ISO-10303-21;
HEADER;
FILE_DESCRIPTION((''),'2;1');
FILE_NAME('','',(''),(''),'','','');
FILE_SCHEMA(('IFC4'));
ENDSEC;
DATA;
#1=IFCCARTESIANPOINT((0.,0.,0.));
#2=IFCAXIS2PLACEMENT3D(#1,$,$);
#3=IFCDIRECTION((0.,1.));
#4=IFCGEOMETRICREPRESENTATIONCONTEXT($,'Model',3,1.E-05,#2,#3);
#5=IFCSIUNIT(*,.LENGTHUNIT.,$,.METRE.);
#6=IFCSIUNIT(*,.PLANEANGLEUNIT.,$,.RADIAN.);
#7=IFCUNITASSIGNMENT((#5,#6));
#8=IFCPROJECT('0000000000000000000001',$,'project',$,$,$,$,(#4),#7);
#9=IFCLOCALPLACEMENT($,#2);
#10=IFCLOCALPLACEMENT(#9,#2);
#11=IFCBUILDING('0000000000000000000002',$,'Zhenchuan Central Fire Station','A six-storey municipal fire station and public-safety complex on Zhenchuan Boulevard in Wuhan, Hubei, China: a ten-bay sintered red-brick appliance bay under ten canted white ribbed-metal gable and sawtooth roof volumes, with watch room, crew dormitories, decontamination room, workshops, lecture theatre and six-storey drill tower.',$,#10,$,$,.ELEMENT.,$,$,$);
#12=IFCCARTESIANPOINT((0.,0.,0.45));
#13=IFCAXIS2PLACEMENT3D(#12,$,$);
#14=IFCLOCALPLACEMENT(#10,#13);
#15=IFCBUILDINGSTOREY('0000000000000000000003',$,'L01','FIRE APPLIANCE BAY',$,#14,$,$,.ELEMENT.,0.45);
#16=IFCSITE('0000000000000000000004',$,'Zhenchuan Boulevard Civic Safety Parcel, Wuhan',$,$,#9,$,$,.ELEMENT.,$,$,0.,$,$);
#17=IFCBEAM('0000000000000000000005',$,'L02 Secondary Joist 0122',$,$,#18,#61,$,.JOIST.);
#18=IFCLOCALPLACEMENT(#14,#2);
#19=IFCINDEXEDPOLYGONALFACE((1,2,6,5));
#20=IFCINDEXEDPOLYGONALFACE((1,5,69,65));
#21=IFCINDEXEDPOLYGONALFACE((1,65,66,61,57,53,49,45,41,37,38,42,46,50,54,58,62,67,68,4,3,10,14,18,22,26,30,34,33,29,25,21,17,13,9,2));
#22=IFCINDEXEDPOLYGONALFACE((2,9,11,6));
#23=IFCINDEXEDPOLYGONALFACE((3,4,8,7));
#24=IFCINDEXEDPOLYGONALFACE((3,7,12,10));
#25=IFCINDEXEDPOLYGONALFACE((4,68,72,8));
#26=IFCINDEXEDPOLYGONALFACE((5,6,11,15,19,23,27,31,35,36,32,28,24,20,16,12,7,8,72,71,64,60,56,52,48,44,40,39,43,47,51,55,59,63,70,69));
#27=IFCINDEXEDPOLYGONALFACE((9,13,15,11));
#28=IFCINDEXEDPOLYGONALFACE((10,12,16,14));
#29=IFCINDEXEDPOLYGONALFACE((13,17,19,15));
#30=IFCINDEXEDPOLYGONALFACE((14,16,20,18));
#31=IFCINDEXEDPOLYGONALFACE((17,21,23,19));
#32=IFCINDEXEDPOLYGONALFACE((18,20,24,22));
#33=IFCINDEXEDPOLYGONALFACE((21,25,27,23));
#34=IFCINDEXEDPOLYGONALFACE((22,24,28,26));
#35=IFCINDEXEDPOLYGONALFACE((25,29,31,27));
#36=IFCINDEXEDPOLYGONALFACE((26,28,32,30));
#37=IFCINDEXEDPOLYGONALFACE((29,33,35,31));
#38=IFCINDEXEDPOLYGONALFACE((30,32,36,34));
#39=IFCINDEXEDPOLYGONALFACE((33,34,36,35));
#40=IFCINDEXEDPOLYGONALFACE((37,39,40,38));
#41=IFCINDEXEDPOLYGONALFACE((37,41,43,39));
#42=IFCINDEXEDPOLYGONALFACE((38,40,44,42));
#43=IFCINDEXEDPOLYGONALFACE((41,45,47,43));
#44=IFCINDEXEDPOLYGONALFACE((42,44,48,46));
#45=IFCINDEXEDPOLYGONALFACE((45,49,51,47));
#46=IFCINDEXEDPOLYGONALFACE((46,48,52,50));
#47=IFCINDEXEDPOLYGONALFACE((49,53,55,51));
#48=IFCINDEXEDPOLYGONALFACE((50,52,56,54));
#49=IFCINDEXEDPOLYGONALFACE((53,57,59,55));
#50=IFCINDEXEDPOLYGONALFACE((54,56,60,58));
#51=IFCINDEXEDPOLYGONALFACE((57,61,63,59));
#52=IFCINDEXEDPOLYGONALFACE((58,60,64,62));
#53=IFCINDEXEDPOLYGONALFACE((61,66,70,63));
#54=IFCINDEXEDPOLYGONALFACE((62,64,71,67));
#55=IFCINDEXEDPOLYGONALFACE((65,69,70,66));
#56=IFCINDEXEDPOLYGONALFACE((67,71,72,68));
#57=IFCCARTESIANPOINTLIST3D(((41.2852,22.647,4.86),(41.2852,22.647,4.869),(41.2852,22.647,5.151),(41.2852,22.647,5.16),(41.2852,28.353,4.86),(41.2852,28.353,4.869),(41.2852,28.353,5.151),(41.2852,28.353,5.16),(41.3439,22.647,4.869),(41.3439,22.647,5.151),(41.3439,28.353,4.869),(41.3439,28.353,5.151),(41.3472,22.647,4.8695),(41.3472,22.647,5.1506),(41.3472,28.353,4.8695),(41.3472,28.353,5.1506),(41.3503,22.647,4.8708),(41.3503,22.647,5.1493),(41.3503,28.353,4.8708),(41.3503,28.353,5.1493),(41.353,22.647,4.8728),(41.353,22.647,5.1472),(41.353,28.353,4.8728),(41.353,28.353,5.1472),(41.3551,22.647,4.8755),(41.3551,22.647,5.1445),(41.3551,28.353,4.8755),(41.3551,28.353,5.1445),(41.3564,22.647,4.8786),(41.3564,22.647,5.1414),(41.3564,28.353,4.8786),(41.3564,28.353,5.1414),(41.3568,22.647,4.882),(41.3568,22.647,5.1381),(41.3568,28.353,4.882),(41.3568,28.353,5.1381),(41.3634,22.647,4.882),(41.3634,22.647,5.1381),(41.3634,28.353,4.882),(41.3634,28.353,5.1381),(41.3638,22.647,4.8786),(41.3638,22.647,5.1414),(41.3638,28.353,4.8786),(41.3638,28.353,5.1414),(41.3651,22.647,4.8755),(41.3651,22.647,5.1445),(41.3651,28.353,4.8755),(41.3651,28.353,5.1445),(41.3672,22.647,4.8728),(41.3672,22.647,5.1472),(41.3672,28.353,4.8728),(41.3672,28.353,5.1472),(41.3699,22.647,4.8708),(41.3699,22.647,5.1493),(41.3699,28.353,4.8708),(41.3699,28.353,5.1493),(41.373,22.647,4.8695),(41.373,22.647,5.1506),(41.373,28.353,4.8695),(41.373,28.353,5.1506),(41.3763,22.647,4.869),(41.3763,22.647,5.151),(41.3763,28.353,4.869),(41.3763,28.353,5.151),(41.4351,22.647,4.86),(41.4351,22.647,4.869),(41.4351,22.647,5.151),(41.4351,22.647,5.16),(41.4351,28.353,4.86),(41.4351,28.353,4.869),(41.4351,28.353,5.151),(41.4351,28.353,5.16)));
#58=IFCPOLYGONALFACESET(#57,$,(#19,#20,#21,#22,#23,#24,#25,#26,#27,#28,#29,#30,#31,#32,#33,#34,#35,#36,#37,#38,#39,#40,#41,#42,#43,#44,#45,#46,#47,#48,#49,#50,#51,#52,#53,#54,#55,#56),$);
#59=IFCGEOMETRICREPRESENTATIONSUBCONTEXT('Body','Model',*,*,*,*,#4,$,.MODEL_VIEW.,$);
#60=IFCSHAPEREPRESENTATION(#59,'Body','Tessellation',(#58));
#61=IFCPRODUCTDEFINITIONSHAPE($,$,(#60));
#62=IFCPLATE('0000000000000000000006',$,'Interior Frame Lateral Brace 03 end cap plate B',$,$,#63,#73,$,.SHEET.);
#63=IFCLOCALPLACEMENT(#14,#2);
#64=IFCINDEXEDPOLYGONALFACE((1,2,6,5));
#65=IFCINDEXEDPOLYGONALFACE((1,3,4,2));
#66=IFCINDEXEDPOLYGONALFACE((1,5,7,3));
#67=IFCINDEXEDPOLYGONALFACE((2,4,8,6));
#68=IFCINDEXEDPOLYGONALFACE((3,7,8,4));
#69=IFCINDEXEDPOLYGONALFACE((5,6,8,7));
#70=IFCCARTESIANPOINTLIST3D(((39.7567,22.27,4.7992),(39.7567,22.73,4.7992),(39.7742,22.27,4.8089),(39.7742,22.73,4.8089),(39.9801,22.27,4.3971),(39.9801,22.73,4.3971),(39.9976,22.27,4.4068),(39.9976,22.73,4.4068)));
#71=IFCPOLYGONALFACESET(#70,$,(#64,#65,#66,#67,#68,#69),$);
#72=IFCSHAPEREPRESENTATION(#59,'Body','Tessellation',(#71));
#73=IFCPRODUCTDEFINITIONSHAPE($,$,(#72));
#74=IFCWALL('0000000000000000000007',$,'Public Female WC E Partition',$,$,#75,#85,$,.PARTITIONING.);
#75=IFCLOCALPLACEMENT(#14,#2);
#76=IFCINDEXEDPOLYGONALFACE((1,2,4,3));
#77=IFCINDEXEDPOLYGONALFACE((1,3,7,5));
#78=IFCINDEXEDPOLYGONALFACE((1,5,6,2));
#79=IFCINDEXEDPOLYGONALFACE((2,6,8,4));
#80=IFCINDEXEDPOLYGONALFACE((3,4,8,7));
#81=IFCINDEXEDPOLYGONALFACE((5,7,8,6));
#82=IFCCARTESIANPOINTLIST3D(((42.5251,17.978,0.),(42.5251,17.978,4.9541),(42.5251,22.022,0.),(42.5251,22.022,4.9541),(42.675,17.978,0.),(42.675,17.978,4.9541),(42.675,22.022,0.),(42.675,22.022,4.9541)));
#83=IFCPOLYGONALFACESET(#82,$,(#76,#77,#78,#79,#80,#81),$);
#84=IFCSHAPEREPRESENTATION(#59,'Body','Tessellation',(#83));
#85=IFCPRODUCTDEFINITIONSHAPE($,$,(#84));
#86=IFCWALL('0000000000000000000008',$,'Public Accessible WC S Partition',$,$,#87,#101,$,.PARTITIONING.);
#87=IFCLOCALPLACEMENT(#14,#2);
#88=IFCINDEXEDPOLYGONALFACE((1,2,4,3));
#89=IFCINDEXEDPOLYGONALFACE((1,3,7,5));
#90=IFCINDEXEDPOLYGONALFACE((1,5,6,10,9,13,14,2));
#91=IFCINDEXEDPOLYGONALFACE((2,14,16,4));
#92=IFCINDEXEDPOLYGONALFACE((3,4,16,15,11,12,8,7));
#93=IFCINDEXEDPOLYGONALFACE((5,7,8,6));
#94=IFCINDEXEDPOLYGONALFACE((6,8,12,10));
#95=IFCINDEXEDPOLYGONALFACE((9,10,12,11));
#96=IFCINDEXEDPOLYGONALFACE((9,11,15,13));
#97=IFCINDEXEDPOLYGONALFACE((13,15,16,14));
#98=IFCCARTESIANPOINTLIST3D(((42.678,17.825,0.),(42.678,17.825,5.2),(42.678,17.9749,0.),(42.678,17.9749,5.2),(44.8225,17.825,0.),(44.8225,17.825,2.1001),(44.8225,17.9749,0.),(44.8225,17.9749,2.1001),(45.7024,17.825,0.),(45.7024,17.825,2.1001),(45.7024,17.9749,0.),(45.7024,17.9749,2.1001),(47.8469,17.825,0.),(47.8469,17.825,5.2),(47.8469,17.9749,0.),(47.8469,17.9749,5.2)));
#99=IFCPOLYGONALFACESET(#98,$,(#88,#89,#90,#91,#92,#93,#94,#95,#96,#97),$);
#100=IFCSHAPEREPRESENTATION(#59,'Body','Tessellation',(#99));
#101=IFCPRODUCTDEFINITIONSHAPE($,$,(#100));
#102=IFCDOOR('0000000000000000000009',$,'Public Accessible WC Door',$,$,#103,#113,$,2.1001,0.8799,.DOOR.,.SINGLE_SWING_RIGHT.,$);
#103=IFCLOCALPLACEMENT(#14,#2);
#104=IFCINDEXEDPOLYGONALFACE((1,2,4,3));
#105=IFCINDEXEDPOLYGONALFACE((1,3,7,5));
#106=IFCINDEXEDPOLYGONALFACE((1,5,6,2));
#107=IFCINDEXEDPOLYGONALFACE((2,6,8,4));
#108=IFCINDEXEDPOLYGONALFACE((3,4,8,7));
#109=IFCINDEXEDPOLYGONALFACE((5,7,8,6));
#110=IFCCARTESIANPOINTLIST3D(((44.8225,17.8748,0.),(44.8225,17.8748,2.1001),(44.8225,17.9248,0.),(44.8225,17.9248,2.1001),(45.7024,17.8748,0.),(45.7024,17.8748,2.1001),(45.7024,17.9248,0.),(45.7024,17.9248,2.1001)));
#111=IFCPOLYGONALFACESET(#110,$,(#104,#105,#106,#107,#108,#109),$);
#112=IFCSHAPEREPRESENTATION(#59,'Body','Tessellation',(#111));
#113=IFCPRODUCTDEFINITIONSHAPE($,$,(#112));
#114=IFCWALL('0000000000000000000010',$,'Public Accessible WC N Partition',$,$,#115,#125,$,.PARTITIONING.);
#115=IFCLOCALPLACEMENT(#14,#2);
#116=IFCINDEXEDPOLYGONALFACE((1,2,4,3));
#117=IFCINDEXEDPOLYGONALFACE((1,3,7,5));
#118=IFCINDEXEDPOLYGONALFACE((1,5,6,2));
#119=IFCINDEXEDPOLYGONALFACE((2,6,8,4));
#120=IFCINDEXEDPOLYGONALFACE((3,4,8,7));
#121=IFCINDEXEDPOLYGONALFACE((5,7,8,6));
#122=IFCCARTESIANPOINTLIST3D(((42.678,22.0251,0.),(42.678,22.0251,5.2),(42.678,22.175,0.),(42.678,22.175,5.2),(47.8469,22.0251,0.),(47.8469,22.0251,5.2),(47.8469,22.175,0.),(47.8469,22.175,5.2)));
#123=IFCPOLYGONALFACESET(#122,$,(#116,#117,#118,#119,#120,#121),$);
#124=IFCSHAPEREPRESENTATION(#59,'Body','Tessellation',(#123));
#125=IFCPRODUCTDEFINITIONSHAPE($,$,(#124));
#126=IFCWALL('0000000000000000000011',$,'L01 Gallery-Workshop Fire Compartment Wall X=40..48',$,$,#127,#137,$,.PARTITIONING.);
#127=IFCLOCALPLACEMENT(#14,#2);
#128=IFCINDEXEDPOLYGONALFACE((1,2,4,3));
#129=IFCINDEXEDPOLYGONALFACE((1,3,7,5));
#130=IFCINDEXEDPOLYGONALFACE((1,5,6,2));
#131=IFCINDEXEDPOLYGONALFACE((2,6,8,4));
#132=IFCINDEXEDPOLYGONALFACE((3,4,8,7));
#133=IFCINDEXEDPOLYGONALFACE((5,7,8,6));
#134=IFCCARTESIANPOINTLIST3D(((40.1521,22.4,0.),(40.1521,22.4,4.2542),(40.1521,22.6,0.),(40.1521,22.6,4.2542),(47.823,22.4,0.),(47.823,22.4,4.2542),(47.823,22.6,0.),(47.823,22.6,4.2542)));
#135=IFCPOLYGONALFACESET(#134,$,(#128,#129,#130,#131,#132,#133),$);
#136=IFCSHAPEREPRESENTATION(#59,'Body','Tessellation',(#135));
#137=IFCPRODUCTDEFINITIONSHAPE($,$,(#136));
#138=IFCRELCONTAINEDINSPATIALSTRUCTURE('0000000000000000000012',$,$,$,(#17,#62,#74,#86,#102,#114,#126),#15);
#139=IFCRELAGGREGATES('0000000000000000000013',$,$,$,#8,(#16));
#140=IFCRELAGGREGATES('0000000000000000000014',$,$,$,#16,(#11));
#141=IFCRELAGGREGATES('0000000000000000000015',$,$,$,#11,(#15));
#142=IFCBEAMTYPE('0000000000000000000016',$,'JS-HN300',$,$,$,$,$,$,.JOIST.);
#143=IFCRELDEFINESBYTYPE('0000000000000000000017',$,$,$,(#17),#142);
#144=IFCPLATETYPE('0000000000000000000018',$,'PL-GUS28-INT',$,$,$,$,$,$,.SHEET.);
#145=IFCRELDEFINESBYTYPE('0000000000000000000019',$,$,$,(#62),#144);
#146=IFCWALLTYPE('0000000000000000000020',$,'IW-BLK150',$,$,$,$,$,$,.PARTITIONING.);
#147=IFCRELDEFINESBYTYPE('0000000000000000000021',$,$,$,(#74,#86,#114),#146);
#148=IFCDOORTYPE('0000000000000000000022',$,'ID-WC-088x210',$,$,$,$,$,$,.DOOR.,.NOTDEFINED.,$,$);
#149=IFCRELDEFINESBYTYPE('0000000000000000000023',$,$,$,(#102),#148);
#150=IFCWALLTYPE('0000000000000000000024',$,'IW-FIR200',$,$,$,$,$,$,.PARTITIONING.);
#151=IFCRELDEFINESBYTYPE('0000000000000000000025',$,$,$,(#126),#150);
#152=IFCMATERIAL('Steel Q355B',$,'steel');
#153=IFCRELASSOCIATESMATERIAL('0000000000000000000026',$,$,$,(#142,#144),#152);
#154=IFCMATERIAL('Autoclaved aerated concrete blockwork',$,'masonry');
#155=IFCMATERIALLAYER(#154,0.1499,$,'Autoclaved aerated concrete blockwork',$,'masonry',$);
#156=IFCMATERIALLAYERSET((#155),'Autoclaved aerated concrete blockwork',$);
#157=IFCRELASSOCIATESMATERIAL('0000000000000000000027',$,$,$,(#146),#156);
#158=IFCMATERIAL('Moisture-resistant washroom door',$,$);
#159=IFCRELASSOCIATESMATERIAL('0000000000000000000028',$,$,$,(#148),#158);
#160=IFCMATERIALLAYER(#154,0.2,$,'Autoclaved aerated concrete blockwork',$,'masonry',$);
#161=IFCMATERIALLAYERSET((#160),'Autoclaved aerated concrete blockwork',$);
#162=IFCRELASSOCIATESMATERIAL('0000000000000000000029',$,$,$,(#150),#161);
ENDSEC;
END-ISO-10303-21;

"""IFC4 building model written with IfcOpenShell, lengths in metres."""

from ifc_helpers import new_model, si_unit, direction, frame, frame_2d, origin, origin_2d, place, context, subcontext, project, spatial, rectangle, i_section, extrude, material, layer, layer_set, material_profile, profile_set, type_object, element, fill, save


model = new_model("IFC4")

# Units and contexts
model_context = context("Model", 3, precision=1e-05, world=origin(), true_north=direction((0.0, 1.0)))
body_context = subcontext(model_context, "Body", "Model", "MODEL_VIEW")
ifc_project = project(units=[si_unit("LENGTHUNIT", "METRE"), si_unit("PLANEANGLEUNIT", "RADIAN")], contexts=[model_context])

# Site, building, storey
site_placement = place(None, origin())
site = spatial("IfcSite", under=ifc_project, at=site_placement, Name="Zhenchuan Boulevard Civic Safety Parcel, Wuhan", CompositionType="ELEMENT", RefElevation=0.0)
building_placement = place(site_placement, origin())
building = spatial("IfcBuilding", under=site, at=building_placement, Name="Zhenchuan Central Fire Station", Description="A six-storey municipal fire station and public-safety complex on Zhenchuan Boulevard in Wuhan, Hubei, China: a ten-bay sintered red-brick appliance bay under ten canted white ribbed-metal gable and sawtooth roof volumes, with watch room, crew dormitories, decontamination room, workshops, lecture theatre and six-storey drill tower.", CompositionType="ELEMENT")
storey_placement = place(building_placement, frame((0.0, 0.0, 0.45)))
storey = spatial("IfcBuildingStorey", under=building, at=storey_placement, Name="L01", Description="FIRE APPLIANCE BAY", CompositionType="ELEMENT", Elevation=0.45)

# Shared definitions
ifc_material_1 = material(Name="Steel Q355B", Category="steel")

# Beam
ifc_material_profile_1 = material_profile(ifc_material_1, i_section(OverallWidth=0.1499, OverallDepth=0.3, WebThickness=0.0066, FlangeThickness=0.009, FilletRadius=0.0129, at=origin_2d()), Name="HN 300x150")
ifc_profile_set_1 = profile_set([ifc_material_profile_1], Name="Steel Q355B")
beam_type_1 = type_object("IfcBeamType", Name="JS-HN300", PredefinedType="JOIST", material=ifc_profile_set_1)
beam_1_placement = place(storey_placement, frame((41.3601, 22.647, 5.01), z_axis=(0.0, 1.0, 0.0), x_axis=(-1.0, 0.0, 0.0)))
element("IfcBeam", 1, at=beam_1_placement, inside=storey, type_object=beam_type_1, Name="L02 Secondary Joist 0122", PredefinedType="JOIST", context=body_context, shape_type="SweptSolid", body=[
    extrude(i_section(OverallWidth=0.1499, OverallDepth=0.3, WebThickness=0.0066, FlangeThickness=0.009, FilletRadius=0.0129, at=origin_2d()), origin(), (0.0, 0.0, 1.0), 5.7061),
])

# Plate
ifc_material_profile_2 = material_profile(ifc_material_1, rectangle(XDim=0.46, YDim=0.46, at=origin_2d()), Name="PL 460x460x28")
ifc_profile_set_2 = profile_set([ifc_material_profile_2], Name="Steel Q355B")
plate_type = type_object("IfcPlateType", Name="PL-GUS28-INT", PredefinedType="SHEET", material=ifc_profile_set_2)
plate_placement = place(storey_placement, frame((39.8684, 22.5, 4.5981), z_axis=(0.874157, 0.0, 0.485643), x_axis=(0.0, 1.0, 0.0)))
element("IfcPlate", 2, at=plate_placement, inside=storey, type_object=plate_type, Name="Interior Frame Lateral Brace 03 end cap plate B", PredefinedType="SHEET", context=body_context, shape_type="SweptSolid", body=[
    extrude(rectangle(XDim=0.46, YDim=0.46, at=origin_2d()), origin(), (0.0, 0.0, 1.0), 0.02),
])

# Wall
ifc_material_2 = material(Name="Autoclaved aerated concrete blockwork", Category="masonry")
ifc_layer_1 = layer(ifc_material_2, 0.1499, Name="Autoclaved aerated concrete blockwork", Category="masonry")
ifc_layer_set_1 = layer_set([ifc_layer_1], Name="Autoclaved aerated concrete blockwork")
wall_type_1 = type_object("IfcWallType", Name="IW-BLK150", PredefinedType="PARTITIONING", material=ifc_layer_set_1)
wall_1_placement = place(storey_placement, frame((42.6001, 17.978, 0.0), z_axis=(0.0, 0.0, 1.0), x_axis=(0.0, 1.0, 0.0)))
element("IfcWall", 3, at=wall_1_placement, inside=storey, type_object=wall_type_1, Name="Public Female WC E Partition", PredefinedType="PARTITIONING", context=body_context, shape_type="SweptSolid", body=[
    extrude(rectangle(XDim=4.0439, YDim=0.1499, at=frame_2d((2.022, 0.0))), origin(), (0.0, 0.0, 1.0), 4.9541),
])

# Wall, opening, door
wall_2_placement = place(storey_placement, frame((42.678, 17.8999, 0.0), z_axis=(0.0, 0.0, 1.0), x_axis=(1.0, 0.0, 0.0)))
wall_2 = element("IfcWall", 4, at=wall_2_placement, inside=storey, type_object=wall_type_1, Name="Public Accessible WC S Partition", PredefinedType="PARTITIONING", context=body_context, shape_type="SweptSolid", body=[
    extrude(rectangle(XDim=5.1689, YDim=0.1499, at=frame_2d((2.5845, 0.0))), origin(), (0.0, 0.0, 1.0), 5.2),
])
opening_placement = place(wall_2_placement, frame((2.1445, 0.0, 0.0)))
opening = element("IfcOpeningElement", 5, at=opening_placement, cuts=wall_2, PredefinedType="OPENING", context=body_context, shape_type="SweptSolid", body=[
    extrude(rectangle(XDim=0.8799, YDim=2.1001, at=frame_2d((0.4399, 1.05))), frame((0.0, 0.085, 0.0), z_axis=(0.0, -1.0, 0.0), x_axis=(1.0, 0.0, 0.0)), (0.0, 0.0, 1.0), 0.1699),
])
ifc_material_3 = material(Name="Moisture-resistant washroom door")
door_type = type_object("IfcDoorType", Name="ID-WC-088x210", OperationType="NOTDEFINED", PredefinedType="DOOR", material=ifc_material_3)
door_placement = place(opening_placement, origin())
door = element("IfcDoor", 6, at=door_placement, inside=storey, type_object=door_type, Name="Public Accessible WC Door", OperationType="SINGLE_SWING_RIGHT", OverallHeight=2.1001, OverallWidth=0.8799, PredefinedType="DOOR", context=body_context, shape_type="SweptSolid", body=[
    extrude(rectangle(XDim=0.8799, YDim=2.1001, at=frame_2d((0.4399, 1.05))), frame((0.0, 0.0249, 0.0), z_axis=(0.0, -1.0, 0.0), x_axis=(1.0, 0.0, 0.0)), (0.0, 0.0, 1.0), 0.05),
])
fill(opening, door)

# Walls
wall_3_placement = place(storey_placement, frame((42.678, 22.1001, 0.0), z_axis=(0.0, 0.0, 1.0), x_axis=(1.0, 0.0, 0.0)))
element("IfcWall", 7, at=wall_3_placement, inside=storey, type_object=wall_type_1, Name="Public Accessible WC N Partition", PredefinedType="PARTITIONING", context=body_context, shape_type="SweptSolid", body=[
    extrude(rectangle(XDim=5.1689, YDim=0.1499, at=frame_2d((2.5845, 0.0))), origin(), (0.0, 0.0, 1.0), 5.2),
])
ifc_layer_2 = layer(ifc_material_2, 0.2, Name="Autoclaved aerated concrete blockwork", Category="masonry")
ifc_layer_set_2 = layer_set([ifc_layer_2], Name="Autoclaved aerated concrete blockwork")
wall_type_2 = type_object("IfcWallType", Name="IW-FIR200", PredefinedType="PARTITIONING", material=ifc_layer_set_2)
wall_4_placement = place(storey_placement, frame((40.1521, 22.5, 0.0), z_axis=(0.0, 0.0, 1.0), x_axis=(1.0, 0.0, 0.0)))
element("IfcWall", 8, at=wall_4_placement, inside=storey, type_object=wall_type_2, Name="L01 Gallery-Workshop Fire Compartment Wall X=40..48", PredefinedType="PARTITIONING", context=body_context, shape_type="SweptSolid", body=[
    extrude(rectangle(XDim=7.6709, YDim=0.2, at=frame_2d((3.8354, 0.0))), origin(), (0.0, 0.0, 1.0), 4.2542),
])

save(model, "model.ifc")
